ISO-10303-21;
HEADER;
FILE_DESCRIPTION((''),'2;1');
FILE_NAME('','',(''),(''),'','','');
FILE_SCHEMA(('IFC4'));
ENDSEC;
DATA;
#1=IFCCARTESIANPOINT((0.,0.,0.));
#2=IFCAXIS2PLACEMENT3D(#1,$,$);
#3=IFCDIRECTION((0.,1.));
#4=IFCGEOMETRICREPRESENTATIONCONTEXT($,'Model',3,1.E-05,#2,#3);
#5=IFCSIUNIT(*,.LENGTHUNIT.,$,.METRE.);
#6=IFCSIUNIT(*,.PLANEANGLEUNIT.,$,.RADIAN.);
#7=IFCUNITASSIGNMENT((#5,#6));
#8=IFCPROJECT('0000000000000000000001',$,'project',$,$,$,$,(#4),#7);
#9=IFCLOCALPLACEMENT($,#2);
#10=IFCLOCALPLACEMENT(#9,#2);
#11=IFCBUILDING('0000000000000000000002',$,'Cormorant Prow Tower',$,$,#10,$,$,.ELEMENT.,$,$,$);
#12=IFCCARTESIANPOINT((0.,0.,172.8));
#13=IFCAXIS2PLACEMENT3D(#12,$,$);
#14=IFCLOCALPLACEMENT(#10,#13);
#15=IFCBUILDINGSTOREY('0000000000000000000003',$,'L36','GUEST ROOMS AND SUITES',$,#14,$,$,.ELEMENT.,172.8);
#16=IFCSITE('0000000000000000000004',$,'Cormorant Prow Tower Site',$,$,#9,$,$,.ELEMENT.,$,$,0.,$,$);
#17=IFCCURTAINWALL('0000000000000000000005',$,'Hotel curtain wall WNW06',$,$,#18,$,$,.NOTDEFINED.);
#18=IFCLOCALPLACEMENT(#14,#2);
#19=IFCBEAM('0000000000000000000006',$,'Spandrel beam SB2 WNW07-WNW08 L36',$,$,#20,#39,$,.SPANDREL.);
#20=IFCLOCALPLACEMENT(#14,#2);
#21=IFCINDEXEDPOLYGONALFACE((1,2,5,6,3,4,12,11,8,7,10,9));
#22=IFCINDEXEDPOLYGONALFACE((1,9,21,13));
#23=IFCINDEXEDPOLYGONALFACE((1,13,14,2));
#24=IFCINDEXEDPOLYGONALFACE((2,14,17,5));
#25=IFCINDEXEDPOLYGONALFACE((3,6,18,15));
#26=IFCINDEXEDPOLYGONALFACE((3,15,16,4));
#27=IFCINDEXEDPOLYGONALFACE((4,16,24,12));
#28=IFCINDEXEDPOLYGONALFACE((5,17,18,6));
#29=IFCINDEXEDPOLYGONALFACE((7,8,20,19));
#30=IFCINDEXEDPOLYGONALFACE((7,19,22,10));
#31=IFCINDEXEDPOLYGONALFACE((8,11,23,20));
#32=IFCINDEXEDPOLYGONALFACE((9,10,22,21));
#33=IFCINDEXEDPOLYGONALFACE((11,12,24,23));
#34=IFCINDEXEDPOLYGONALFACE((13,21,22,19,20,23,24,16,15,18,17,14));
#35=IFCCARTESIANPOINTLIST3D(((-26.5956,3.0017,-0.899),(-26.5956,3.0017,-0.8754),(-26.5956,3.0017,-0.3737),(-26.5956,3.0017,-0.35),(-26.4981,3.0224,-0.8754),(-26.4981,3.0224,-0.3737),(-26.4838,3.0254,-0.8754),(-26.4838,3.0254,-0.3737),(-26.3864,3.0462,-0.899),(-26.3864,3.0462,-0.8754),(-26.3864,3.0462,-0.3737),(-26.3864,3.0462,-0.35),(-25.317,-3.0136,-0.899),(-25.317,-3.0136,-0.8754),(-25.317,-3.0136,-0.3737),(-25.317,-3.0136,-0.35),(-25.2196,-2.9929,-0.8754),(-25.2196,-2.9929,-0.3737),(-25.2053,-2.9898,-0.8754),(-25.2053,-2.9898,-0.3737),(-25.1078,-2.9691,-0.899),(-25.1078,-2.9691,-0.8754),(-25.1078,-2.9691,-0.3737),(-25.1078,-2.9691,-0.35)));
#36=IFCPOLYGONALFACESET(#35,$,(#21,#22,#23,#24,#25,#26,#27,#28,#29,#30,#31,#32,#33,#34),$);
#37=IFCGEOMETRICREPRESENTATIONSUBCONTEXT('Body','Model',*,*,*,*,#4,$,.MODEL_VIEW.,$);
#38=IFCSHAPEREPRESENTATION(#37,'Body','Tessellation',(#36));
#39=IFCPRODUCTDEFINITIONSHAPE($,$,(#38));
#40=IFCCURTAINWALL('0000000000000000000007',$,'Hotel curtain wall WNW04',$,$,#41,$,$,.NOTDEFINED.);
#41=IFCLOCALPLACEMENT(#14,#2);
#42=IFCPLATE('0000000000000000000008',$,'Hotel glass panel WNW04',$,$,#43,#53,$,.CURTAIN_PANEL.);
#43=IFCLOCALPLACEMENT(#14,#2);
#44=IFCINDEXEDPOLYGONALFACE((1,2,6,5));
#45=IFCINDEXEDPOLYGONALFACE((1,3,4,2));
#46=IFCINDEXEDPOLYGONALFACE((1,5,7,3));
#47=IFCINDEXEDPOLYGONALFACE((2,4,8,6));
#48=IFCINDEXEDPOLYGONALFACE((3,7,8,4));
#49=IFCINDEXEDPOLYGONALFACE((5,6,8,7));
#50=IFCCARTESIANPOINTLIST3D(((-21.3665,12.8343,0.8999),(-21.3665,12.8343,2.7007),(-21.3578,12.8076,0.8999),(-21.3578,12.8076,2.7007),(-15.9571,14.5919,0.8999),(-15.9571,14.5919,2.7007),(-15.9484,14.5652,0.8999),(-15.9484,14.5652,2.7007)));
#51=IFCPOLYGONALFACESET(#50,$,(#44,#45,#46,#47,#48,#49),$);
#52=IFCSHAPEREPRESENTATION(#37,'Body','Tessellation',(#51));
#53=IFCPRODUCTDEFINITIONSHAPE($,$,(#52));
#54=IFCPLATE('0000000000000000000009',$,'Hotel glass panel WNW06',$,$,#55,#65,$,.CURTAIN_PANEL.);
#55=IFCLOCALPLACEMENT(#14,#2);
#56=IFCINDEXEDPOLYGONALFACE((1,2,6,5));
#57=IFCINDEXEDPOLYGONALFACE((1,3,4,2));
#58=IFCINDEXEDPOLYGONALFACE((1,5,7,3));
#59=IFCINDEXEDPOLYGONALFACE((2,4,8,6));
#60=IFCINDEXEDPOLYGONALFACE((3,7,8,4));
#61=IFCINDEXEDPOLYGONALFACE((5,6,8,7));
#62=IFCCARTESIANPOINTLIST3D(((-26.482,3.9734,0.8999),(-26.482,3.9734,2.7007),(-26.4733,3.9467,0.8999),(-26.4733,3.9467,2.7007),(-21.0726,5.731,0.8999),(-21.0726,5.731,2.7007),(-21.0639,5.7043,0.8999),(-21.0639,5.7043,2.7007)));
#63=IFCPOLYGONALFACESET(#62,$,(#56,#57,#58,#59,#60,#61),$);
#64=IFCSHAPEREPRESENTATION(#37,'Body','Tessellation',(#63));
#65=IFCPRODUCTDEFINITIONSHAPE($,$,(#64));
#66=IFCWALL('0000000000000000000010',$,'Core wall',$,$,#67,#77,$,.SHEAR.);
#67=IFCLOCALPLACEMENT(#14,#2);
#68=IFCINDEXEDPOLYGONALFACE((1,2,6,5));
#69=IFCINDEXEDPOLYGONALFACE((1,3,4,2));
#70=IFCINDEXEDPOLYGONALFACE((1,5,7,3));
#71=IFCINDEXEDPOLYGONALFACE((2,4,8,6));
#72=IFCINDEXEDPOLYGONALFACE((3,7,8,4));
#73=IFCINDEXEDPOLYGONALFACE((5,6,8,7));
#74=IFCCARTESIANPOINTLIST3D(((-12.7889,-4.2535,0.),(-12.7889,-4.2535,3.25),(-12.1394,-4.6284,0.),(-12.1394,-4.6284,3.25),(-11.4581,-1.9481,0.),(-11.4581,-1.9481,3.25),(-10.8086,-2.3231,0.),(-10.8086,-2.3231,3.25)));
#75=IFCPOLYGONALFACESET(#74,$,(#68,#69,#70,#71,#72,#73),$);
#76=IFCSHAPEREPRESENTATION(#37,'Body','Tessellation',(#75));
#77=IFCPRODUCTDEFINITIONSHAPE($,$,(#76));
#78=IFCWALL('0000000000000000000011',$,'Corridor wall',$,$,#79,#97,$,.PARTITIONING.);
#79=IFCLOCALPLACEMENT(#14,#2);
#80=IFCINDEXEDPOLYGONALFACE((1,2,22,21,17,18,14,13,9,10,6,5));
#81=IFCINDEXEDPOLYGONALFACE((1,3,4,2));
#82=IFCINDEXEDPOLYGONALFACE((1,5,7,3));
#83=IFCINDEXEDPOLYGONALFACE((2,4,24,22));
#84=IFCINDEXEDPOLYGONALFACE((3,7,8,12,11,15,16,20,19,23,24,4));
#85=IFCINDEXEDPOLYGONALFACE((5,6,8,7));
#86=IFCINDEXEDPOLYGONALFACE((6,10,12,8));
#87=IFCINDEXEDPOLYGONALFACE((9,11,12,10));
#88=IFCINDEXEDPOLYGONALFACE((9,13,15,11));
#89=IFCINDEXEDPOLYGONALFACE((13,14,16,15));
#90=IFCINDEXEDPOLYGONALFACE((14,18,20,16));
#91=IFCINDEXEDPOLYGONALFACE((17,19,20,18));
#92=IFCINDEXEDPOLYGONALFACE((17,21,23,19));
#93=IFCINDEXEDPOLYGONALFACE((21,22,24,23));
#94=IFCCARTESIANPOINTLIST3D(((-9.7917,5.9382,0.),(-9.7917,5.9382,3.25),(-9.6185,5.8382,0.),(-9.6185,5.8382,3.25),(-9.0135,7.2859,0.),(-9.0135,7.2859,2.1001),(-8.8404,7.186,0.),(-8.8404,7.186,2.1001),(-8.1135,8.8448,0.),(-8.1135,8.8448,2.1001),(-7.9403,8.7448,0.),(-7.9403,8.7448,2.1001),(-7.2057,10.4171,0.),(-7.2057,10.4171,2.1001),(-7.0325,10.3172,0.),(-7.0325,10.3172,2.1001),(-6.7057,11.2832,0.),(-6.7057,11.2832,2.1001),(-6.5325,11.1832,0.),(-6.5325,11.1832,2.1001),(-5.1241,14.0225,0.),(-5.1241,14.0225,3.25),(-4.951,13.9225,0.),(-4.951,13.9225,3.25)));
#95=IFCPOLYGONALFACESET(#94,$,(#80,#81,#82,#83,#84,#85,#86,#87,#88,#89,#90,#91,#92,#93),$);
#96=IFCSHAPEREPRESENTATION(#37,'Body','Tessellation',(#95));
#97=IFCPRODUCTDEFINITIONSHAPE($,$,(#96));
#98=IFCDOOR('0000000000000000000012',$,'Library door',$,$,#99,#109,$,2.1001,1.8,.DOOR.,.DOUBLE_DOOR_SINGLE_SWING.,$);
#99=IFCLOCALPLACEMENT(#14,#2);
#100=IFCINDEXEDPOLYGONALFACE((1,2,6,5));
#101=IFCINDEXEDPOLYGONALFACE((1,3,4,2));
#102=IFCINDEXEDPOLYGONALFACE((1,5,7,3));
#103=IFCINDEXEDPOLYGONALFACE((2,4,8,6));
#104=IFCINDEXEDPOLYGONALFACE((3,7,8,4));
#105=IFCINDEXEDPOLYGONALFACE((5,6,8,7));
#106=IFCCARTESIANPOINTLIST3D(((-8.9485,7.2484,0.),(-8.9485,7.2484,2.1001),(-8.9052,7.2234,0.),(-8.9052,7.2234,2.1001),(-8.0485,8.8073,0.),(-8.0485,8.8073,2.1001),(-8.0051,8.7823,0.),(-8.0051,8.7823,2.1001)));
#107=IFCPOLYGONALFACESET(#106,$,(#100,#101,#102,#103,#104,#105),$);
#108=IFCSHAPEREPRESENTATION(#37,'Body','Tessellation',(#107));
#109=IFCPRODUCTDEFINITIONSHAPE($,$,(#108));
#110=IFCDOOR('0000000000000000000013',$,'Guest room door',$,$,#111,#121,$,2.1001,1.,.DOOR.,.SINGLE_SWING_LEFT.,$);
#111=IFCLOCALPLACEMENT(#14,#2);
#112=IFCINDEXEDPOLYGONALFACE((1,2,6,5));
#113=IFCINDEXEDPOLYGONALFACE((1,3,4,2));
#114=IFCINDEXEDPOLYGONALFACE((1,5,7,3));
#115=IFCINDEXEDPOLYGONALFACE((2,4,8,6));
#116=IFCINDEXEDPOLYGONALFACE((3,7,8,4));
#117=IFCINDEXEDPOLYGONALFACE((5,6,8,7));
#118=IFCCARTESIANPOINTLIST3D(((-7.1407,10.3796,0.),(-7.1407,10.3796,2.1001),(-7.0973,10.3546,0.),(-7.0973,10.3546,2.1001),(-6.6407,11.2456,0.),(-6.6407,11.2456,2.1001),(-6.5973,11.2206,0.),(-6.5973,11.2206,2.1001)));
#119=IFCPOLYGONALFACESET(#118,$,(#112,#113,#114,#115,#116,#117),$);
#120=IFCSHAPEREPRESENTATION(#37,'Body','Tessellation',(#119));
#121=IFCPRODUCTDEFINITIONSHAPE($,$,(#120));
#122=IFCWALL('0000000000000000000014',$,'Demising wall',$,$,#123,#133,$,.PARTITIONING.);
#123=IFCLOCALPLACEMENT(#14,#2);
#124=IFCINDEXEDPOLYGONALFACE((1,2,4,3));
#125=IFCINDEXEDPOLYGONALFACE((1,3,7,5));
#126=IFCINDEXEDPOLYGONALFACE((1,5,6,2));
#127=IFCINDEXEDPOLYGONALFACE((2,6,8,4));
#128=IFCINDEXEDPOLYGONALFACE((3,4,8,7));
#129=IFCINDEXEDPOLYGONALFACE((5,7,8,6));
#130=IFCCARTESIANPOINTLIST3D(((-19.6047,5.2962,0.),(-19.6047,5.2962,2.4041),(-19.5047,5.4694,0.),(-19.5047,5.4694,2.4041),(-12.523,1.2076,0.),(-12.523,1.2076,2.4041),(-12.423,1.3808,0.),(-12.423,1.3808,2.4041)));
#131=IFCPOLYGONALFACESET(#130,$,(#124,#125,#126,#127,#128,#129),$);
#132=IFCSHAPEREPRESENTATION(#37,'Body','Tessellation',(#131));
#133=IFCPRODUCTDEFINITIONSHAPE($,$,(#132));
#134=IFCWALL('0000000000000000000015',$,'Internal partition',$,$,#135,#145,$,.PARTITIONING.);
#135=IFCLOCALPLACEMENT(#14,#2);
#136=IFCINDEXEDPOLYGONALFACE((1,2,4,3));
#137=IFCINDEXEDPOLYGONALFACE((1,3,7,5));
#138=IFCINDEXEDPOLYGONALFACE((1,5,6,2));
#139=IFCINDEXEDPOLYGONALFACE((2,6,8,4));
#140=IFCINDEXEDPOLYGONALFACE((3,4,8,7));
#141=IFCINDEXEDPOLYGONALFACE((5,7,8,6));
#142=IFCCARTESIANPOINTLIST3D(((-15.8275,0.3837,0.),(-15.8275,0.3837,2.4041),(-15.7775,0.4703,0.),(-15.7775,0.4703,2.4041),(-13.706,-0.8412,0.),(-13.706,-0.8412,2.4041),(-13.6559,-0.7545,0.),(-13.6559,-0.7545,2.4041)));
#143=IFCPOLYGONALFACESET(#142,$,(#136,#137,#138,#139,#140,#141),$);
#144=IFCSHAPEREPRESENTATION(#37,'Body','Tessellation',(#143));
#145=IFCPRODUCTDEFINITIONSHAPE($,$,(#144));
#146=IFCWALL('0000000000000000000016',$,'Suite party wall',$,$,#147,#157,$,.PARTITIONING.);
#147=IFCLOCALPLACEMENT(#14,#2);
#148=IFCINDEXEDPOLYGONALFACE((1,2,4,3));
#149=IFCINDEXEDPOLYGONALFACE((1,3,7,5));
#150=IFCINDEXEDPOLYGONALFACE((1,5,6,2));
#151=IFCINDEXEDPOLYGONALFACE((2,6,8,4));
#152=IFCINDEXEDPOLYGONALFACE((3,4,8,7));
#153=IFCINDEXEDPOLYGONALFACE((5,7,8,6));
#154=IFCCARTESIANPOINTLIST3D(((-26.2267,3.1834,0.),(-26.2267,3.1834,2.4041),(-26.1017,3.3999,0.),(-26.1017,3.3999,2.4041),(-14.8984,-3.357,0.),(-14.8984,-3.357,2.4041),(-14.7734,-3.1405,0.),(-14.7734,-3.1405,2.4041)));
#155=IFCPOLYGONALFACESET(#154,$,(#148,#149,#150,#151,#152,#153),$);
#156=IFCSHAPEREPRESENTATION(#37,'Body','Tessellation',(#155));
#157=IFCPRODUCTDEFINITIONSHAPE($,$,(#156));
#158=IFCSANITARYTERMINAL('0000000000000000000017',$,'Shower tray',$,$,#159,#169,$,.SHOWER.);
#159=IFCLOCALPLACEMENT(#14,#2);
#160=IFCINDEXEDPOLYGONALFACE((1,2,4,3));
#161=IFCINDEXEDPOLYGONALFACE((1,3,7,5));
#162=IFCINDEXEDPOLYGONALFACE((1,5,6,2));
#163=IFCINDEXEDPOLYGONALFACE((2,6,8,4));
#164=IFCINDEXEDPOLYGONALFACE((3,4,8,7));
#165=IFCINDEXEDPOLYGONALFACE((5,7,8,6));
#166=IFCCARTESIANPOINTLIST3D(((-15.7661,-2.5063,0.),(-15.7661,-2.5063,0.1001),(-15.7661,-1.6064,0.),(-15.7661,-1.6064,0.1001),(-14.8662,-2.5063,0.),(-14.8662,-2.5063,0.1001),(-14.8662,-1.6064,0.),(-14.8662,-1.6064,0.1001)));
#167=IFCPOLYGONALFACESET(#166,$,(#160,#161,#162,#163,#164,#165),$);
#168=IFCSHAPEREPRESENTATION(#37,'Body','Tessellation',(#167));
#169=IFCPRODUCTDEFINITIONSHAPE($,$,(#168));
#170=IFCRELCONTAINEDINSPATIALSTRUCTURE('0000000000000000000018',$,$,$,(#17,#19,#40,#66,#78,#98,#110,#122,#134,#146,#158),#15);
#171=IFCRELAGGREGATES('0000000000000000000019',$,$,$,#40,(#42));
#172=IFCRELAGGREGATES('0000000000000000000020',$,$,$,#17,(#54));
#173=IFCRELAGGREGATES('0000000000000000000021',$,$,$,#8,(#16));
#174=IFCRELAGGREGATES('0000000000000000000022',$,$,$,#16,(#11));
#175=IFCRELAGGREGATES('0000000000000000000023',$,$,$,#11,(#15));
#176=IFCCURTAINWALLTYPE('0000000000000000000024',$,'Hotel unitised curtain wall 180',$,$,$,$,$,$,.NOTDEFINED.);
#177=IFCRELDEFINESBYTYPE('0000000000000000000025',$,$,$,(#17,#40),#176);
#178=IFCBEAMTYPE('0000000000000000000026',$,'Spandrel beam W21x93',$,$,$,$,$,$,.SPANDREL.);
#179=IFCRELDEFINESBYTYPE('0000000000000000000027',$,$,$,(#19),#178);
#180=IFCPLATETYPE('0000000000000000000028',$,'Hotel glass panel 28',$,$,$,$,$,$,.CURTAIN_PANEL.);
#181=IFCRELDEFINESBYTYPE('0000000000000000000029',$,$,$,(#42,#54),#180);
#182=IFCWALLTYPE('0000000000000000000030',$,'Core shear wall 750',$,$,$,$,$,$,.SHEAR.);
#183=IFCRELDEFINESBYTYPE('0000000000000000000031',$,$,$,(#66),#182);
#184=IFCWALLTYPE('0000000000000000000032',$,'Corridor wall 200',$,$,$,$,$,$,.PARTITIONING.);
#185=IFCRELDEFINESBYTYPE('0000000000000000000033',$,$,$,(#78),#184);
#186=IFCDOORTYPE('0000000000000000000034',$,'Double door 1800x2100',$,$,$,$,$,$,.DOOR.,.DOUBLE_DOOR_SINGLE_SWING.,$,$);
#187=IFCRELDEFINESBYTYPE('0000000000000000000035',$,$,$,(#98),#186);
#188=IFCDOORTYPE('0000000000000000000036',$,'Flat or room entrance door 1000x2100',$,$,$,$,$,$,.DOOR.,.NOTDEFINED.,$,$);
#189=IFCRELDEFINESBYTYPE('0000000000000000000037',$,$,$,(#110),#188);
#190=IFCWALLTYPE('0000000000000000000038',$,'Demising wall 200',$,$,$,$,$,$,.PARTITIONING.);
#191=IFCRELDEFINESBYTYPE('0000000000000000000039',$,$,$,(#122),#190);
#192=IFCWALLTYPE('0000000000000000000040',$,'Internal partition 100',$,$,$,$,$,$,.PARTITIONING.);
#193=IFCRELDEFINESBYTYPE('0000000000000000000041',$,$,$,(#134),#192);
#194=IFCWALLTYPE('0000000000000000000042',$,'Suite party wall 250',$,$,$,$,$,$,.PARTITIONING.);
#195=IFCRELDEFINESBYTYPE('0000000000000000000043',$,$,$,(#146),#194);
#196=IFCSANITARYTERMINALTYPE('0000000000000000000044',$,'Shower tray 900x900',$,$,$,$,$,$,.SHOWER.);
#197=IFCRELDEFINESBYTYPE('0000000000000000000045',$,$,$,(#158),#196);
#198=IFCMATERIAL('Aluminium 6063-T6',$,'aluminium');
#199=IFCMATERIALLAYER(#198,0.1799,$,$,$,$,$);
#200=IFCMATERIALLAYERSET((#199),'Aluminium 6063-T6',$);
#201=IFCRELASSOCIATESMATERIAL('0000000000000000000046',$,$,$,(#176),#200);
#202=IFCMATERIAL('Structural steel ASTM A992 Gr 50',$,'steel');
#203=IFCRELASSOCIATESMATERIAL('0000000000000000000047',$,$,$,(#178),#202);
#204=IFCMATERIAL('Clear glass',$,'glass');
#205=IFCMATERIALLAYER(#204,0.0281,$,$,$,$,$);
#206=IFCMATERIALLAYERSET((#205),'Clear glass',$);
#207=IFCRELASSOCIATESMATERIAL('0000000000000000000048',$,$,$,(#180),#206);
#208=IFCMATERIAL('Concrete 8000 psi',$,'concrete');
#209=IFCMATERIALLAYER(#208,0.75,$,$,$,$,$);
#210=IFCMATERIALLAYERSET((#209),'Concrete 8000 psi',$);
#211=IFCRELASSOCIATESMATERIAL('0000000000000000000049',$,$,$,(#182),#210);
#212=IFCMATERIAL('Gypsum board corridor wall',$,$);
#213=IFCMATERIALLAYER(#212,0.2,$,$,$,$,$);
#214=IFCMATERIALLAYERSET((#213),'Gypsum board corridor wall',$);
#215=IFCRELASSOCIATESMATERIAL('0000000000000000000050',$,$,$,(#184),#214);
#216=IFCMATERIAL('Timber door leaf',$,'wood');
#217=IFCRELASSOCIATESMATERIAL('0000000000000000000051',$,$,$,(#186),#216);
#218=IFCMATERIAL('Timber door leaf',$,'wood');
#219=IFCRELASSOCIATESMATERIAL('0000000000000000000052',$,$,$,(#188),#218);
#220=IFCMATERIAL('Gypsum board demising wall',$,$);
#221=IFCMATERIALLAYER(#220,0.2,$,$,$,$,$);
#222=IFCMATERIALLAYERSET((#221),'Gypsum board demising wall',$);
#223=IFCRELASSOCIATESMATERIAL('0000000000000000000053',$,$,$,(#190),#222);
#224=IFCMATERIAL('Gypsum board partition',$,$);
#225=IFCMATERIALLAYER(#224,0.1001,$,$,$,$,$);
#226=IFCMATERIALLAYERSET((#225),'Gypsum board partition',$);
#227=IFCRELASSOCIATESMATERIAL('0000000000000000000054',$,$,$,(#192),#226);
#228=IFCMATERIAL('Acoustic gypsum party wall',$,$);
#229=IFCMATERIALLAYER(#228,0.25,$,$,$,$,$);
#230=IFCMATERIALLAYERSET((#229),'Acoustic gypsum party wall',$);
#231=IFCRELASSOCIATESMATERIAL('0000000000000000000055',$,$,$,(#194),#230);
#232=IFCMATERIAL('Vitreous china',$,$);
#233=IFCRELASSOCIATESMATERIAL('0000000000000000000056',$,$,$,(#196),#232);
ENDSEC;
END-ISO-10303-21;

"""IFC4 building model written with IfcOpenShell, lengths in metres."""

from ifc_helpers import new_model, si_unit, direction, frame, frame_2d, origin, origin_2d, place, context, subcontext, project, spatial, rectangle, i_section, extrude, material, layer, layer_set, material_profile, profile_set, type_object, element, fill, aggregate, save


model = new_model("IFC4")

# Units and contexts
model_context = context("Model", 3, precision=1e-05, world=origin(), true_north=direction((0.0, 1.0)))
body_context = subcontext(model_context, "Body", "Model", "MODEL_VIEW")
ifc_project = project(units=[si_unit("LENGTHUNIT", "METRE"), si_unit("PLANEANGLEUNIT", "RADIAN")], contexts=[model_context])

# Site, building, storey
site_placement = place(None, origin())
site = spatial("IfcSite", under=ifc_project, at=site_placement, Name="Cormorant Prow Tower Site", CompositionType="ELEMENT", RefElevation=0.0)
building_placement = place(site_placement, origin())
building = spatial("IfcBuilding", under=site, at=building_placement, Name="Cormorant Prow Tower", CompositionType="ELEMENT")
storey_placement = place(building_placement, frame((0.0, 0.0, 172.8)))
storey = spatial("IfcBuildingStorey", under=building, at=storey_placement, Name="L36", Description="GUEST ROOMS AND SUITES", CompositionType="ELEMENT", Elevation=172.8)

# Curtain wall
ifc_material_1 = material(Name="Aluminium 6063-T6", Category="aluminium")
ifc_layer_1 = layer(ifc_material_1, 0.1799)
ifc_layer_set_1 = layer_set([ifc_layer_1], Name="Aluminium 6063-T6")
curtain_wall_type = type_object("IfcCurtainWallType", Name="Hotel unitised curtain wall 180", PredefinedType="NOTDEFINED", material=ifc_layer_set_1)
curtain_wall_1_placement = place(storey_placement, origin())
curtain_wall_1 = element("IfcCurtainWall", 1, at=curtain_wall_1_placement, inside=storey, type_object=curtain_wall_type, Name="Hotel curtain wall WNW06", PredefinedType="NOTDEFINED")

# Beam
ifc_material_2 = material(Name="Structural steel ASTM A992 Gr 50", Category="steel")
ifc_material_profile_1 = material_profile(ifc_material_2, i_section(OverallWidth=0.2139, OverallDepth=0.5491, WebThickness=0.0146, FlangeThickness=0.0237, at=origin_2d()), Name="W21x93")
ifc_profile_set_1 = profile_set([ifc_material_profile_1], Name="Structural steel ASTM A992 Gr 50")
beam_type_1 = type_object("IfcBeamType", Name="Spandrel beam W21x93", PredefinedType="SPANDREL", material=ifc_profile_set_1)
beam_1_placement = place(storey_placement, frame((-26.491, 3.0239, -0.6245), z_axis=(0.207905, -0.978149, 0.0), x_axis=(0.978149, 0.207905, 0.0)))
element("IfcBeam", 2, at=beam_1_placement, inside=storey, type_object=beam_type_1, Name="Spandrel beam SB2 WNW07-WNW08 L36", PredefinedType="SPANDREL", context=body_context, shape_type="SweptSolid", body=[
    extrude(i_section(OverallWidth=0.2139, OverallDepth=0.5491, WebThickness=0.0146, FlangeThickness=0.0237, at=origin_2d()), origin(), (0.0, 0.0, 1.0), 6.1497),
])

# Curtain wall, plate
curtain_wall_2_placement = place(storey_placement, origin())
curtain_wall_2 = element("IfcCurtainWall", 3, at=curtain_wall_2_placement, inside=storey, type_object=curtain_wall_type, Name="Hotel curtain wall WNW04", PredefinedType="NOTDEFINED")
ifc_material_3 = material(Name="Clear glass", Category="glass")
ifc_layer_2 = layer(ifc_material_3, 0.0281)
ifc_layer_set_2 = layer_set([ifc_layer_2], Name="Clear glass")
plate_type = type_object("IfcPlateType", Name="Hotel glass panel 28", PredefinedType="CURTAIN_PANEL", material=ifc_layer_set_2)
plate_1_placement = place(storey_placement, frame((-18.6575, 13.6997, 0.8999), z_axis=(0.0, 0.0, 1.0), x_axis=(-0.951057, -0.309017, 0.0)))
plate_1 = element("IfcPlate", 4, at=plate_1_placement, type_object=plate_type, Name="Hotel glass panel WNW04", PredefinedType="CURTAIN_PANEL", context=body_context, shape_type="SweptSolid", body=[
    extrude(rectangle(XDim=5.6877, YDim=0.0281, at=origin_2d()), origin(), (0.0, 0.0, 1.0), 1.8008),
])
aggregate(curtain_wall_2, [plate_1])

# Plate
plate_2_placement = place(storey_placement, frame((-23.7729, 4.8389, 0.8999), z_axis=(0.0, 0.0, 1.0), x_axis=(-0.951057, -0.309017, 0.0)))
plate_2 = element("IfcPlate", 5, at=plate_2_placement, type_object=plate_type, Name="Hotel glass panel WNW06", PredefinedType="CURTAIN_PANEL", context=body_context, shape_type="SweptSolid", body=[
    extrude(rectangle(XDim=5.6877, YDim=0.0281, at=origin_2d()), origin(), (0.0, 0.0, 1.0), 1.8008),
])
aggregate(curtain_wall_1, [plate_2])

# Wall
ifc_material_4 = material(Name="Concrete 8000 psi", Category="concrete")
ifc_layer_3 = layer(ifc_material_4, 0.75)
ifc_layer_set_3 = layer_set([ifc_layer_3], Name="Concrete 8000 psi")
wall_type_1 = type_object("IfcWallType", Name="Core shear wall 750", PredefinedType="SHEAR", material=ifc_layer_set_3)
wall_1_placement = place(storey_placement, frame((-11.1333, -2.1355, 0.0), z_axis=(0.0, 0.0, 1.0), x_axis=(-0.499937, -0.866062, 0.0)))
element("IfcWall", 6, at=wall_1_placement, inside=storey, type_object=wall_type_1, Name="Core wall", PredefinedType="SHEAR", context=body_context, shape_type="SweptSolid", body=[
    extrude(rectangle(XDim=2.6619, YDim=0.75, at=frame_2d((1.3311, 0.0))), origin(), (0.0, 0.0, 1.0), 3.25),
])

# Wall, openings, doors
ifc_material_5 = material(Name="Gypsum board corridor wall")
ifc_layer_4 = layer(ifc_material_5, 0.2)
ifc_layer_set_4 = layer_set([ifc_layer_4], Name="Gypsum board corridor wall")
wall_type_2 = type_object("IfcWallType", Name="Corridor wall 200", PredefinedType="PARTITIONING", material=ifc_layer_set_4)
wall_2_placement = place(storey_placement, frame((-9.7051, 5.8882, 0.0), z_axis=(0.0, 0.0, 1.0), x_axis=(0.500004, 0.866023, 0.0)))
wall_2 = element("IfcWall", 7, at=wall_2_placement, inside=storey, type_object=wall_type_2, Name="Corridor wall", PredefinedType="PARTITIONING", context=body_context, shape_type="SweptSolid", body=[
    extrude(rectangle(XDim=9.335, YDim=0.2, at=frame_2d((4.6675, 0.0))), origin(), (0.0, 0.0, 1.0), 3.25),
])
opening_1_placement = place(wall_2_placement, frame((5.1719, 0.0, 0.0)))
opening_1 = element("IfcOpeningElement", 8, at=opening_1_placement, cuts=wall_2, PredefinedType="OPENING", context=body_context, shape_type="SweptSolid", body=[
    extrude(rectangle(XDim=1.0, YDim=2.1001, at=frame_2d((0.5, 1.05))), frame((0.0, 0.1099, 0.0), z_axis=(0.0, -1.0, 0.0), x_axis=(1.0, 0.0, 0.0)), (0.0, 0.0, 1.0), 0.22),
])
opening_2_placement = place(wall_2_placement, frame((1.5564, 0.0, 0.0)))
opening_2 = element("IfcOpeningElement", 9, at=opening_2_placement, cuts=wall_2, PredefinedType="OPENING", context=body_context, shape_type="SweptSolid", body=[
    extrude(rectangle(XDim=1.8, YDim=2.1001, at=frame_2d((0.8999, 1.05))), frame((0.0, 0.1099, 0.0), z_axis=(0.0, -1.0, 0.0), x_axis=(1.0, 0.0, 0.0)), (0.0, 0.0, 1.0), 0.22),
])
ifc_material_6 = material(Name="Timber door leaf", Category="wood")
door_type_1 = type_object("IfcDoorType", Name="Double door 1800x2100", OperationType="DOUBLE_DOOR_SINGLE_SWING", PredefinedType="DOOR", material=ifc_material_6)
door_1_placement = place(opening_2_placement, origin())
door_1 = element("IfcDoor", 10, at=door_1_placement, inside=storey, type_object=door_type_1, Name="Library door", OperationType="DOUBLE_DOOR_SINGLE_SWING", OverallHeight=2.1001, OverallWidth=1.8, PredefinedType="DOOR", context=body_context, shape_type="SweptSolid", body=[
    extrude(rectangle(XDim=1.8, YDim=2.1001, at=frame_2d((0.8999, 1.05))), frame((0.0, 0.0249, 0.0), z_axis=(0.0, -1.0, 0.0), x_axis=(1.0, 0.0, 0.0)), (0.0, 0.0, 1.0), 0.05),
])
fill(opening_2, door_1)
ifc_material_7 = material(Name="Timber door leaf", Category="wood")
door_type_2 = type_object("IfcDoorType", Name="Flat or room entrance door 1000x2100", OperationType="NOTDEFINED", PredefinedType="DOOR", material=ifc_material_7)
door_2_placement = place(opening_1_placement, origin())
door_2 = element("IfcDoor", 11, at=door_2_placement, inside=storey, type_object=door_type_2, Name="Guest room door", OperationType="SINGLE_SWING_LEFT", OverallHeight=2.1001, OverallWidth=1.0, PredefinedType="DOOR", context=body_context, shape_type="SweptSolid", body=[
    extrude(rectangle(XDim=1.0, YDim=2.1001, at=frame_2d((0.5, 1.05))), frame((0.0, 0.0249, 0.0), z_axis=(0.0, -1.0, 0.0), x_axis=(1.0, 0.0, 0.0)), (0.0, 0.0, 1.0), 0.05),
])
fill(opening_1, door_2)

# Walls
ifc_material_8 = material(Name="Gypsum board demising wall")
ifc_layer_5 = layer(ifc_material_8, 0.2)
ifc_layer_set_5 = layer_set([ifc_layer_5], Name="Gypsum board demising wall")
wall_type_3 = type_object("IfcWallType", Name="Demising wall 200", PredefinedType="PARTITIONING", material=ifc_layer_set_5)
wall_3_placement = place(storey_placement, frame((-19.5547, 5.3828, 0.0), z_axis=(0.0, 0.0, 1.0), x_axis=(0.866028, -0.499996, 0.0)))
element("IfcWall", 12, at=wall_3_placement, inside=storey, type_object=wall_type_3, Name="Demising wall", PredefinedType="PARTITIONING", context=body_context, shape_type="SweptSolid", body=[
    extrude(rectangle(XDim=8.1772, YDim=0.2, at=frame_2d((4.0886, 0.0))), origin(), (0.0, 0.0, 1.0), 2.4041),
])
ifc_material_9 = material(Name="Gypsum board partition")
ifc_layer_6 = layer(ifc_material_9, 0.1001)
ifc_layer_set_6 = layer_set([ifc_layer_6], Name="Gypsum board partition")
wall_type_4 = type_object("IfcWallType", Name="Internal partition 100", PredefinedType="PARTITIONING", material=ifc_layer_set_6)
wall_4_placement = place(storey_placement, frame((-15.8025, 0.427, 0.0), z_axis=(0.0, 0.0, 1.0), x_axis=(0.866033, -0.499987, 0.0)))
element("IfcWall", 13, at=wall_4_placement, inside=storey, type_object=wall_type_4, Name="Internal partition", PredefinedType="PARTITIONING", context=body_context, shape_type="SweptSolid", body=[
    extrude(rectangle(XDim=2.4497, YDim=0.1001, at=frame_2d((1.2249, 0.0))), origin(), (0.0, 0.0, 1.0), 2.4041),
])
ifc_material_10 = material(Name="Acoustic gypsum party wall")
ifc_layer_7 = layer(ifc_material_10, 0.25)
ifc_layer_set_7 = layer_set([ifc_layer_7], Name="Acoustic gypsum party wall")
wall_type_5 = type_object("IfcWallType", Name="Suite party wall 250", PredefinedType="PARTITIONING", material=ifc_layer_set_7)
wall_5_placement = place(storey_placement, frame((-26.1643, 3.2917, 0.0), z_axis=(0.0, 0.0, 1.0), x_axis=(0.866022, -0.500005, 0.0)))
element("IfcWall", 14, at=wall_5_placement, inside=storey, type_object=wall_type_5, Name="Suite party wall", PredefinedType="PARTITIONING", context=body_context, shape_type="SweptSolid", body=[
    extrude(rectangle(XDim=13.0808, YDim=0.25, at=frame_2d((6.5405, 0.0))), origin(), (0.0, 0.0, 1.0), 2.4041),
])

# Sanitary terminal
ifc_material_11 = material(Name="Vitreous china")
sanitary_terminal_type_1 = type_object("IfcSanitaryTerminalType", Name="Shower tray 900x900", PredefinedType="SHOWER", material=ifc_material_11)
sanitary_terminal_1_placement = place(storey_placement, frame((-15.3162, -2.0564, 0.0), z_axis=(0.0, 0.0, 1.0), x_axis=(1.0, 0.0, 0.0)))
element("IfcSanitaryTerminal", 15, at=sanitary_terminal_1_placement, inside=storey, type_object=sanitary_terminal_type_1, Name="Shower tray", PredefinedType="SHOWER", context=body_context, shape_type="SweptSolid", body=[
    extrude(rectangle(XDim=0.8999, YDim=0.8999, at=origin_2d()), origin(), (0.0, 0.0, 1.0), 0.1001),
])

save(model, "model.ifc")
